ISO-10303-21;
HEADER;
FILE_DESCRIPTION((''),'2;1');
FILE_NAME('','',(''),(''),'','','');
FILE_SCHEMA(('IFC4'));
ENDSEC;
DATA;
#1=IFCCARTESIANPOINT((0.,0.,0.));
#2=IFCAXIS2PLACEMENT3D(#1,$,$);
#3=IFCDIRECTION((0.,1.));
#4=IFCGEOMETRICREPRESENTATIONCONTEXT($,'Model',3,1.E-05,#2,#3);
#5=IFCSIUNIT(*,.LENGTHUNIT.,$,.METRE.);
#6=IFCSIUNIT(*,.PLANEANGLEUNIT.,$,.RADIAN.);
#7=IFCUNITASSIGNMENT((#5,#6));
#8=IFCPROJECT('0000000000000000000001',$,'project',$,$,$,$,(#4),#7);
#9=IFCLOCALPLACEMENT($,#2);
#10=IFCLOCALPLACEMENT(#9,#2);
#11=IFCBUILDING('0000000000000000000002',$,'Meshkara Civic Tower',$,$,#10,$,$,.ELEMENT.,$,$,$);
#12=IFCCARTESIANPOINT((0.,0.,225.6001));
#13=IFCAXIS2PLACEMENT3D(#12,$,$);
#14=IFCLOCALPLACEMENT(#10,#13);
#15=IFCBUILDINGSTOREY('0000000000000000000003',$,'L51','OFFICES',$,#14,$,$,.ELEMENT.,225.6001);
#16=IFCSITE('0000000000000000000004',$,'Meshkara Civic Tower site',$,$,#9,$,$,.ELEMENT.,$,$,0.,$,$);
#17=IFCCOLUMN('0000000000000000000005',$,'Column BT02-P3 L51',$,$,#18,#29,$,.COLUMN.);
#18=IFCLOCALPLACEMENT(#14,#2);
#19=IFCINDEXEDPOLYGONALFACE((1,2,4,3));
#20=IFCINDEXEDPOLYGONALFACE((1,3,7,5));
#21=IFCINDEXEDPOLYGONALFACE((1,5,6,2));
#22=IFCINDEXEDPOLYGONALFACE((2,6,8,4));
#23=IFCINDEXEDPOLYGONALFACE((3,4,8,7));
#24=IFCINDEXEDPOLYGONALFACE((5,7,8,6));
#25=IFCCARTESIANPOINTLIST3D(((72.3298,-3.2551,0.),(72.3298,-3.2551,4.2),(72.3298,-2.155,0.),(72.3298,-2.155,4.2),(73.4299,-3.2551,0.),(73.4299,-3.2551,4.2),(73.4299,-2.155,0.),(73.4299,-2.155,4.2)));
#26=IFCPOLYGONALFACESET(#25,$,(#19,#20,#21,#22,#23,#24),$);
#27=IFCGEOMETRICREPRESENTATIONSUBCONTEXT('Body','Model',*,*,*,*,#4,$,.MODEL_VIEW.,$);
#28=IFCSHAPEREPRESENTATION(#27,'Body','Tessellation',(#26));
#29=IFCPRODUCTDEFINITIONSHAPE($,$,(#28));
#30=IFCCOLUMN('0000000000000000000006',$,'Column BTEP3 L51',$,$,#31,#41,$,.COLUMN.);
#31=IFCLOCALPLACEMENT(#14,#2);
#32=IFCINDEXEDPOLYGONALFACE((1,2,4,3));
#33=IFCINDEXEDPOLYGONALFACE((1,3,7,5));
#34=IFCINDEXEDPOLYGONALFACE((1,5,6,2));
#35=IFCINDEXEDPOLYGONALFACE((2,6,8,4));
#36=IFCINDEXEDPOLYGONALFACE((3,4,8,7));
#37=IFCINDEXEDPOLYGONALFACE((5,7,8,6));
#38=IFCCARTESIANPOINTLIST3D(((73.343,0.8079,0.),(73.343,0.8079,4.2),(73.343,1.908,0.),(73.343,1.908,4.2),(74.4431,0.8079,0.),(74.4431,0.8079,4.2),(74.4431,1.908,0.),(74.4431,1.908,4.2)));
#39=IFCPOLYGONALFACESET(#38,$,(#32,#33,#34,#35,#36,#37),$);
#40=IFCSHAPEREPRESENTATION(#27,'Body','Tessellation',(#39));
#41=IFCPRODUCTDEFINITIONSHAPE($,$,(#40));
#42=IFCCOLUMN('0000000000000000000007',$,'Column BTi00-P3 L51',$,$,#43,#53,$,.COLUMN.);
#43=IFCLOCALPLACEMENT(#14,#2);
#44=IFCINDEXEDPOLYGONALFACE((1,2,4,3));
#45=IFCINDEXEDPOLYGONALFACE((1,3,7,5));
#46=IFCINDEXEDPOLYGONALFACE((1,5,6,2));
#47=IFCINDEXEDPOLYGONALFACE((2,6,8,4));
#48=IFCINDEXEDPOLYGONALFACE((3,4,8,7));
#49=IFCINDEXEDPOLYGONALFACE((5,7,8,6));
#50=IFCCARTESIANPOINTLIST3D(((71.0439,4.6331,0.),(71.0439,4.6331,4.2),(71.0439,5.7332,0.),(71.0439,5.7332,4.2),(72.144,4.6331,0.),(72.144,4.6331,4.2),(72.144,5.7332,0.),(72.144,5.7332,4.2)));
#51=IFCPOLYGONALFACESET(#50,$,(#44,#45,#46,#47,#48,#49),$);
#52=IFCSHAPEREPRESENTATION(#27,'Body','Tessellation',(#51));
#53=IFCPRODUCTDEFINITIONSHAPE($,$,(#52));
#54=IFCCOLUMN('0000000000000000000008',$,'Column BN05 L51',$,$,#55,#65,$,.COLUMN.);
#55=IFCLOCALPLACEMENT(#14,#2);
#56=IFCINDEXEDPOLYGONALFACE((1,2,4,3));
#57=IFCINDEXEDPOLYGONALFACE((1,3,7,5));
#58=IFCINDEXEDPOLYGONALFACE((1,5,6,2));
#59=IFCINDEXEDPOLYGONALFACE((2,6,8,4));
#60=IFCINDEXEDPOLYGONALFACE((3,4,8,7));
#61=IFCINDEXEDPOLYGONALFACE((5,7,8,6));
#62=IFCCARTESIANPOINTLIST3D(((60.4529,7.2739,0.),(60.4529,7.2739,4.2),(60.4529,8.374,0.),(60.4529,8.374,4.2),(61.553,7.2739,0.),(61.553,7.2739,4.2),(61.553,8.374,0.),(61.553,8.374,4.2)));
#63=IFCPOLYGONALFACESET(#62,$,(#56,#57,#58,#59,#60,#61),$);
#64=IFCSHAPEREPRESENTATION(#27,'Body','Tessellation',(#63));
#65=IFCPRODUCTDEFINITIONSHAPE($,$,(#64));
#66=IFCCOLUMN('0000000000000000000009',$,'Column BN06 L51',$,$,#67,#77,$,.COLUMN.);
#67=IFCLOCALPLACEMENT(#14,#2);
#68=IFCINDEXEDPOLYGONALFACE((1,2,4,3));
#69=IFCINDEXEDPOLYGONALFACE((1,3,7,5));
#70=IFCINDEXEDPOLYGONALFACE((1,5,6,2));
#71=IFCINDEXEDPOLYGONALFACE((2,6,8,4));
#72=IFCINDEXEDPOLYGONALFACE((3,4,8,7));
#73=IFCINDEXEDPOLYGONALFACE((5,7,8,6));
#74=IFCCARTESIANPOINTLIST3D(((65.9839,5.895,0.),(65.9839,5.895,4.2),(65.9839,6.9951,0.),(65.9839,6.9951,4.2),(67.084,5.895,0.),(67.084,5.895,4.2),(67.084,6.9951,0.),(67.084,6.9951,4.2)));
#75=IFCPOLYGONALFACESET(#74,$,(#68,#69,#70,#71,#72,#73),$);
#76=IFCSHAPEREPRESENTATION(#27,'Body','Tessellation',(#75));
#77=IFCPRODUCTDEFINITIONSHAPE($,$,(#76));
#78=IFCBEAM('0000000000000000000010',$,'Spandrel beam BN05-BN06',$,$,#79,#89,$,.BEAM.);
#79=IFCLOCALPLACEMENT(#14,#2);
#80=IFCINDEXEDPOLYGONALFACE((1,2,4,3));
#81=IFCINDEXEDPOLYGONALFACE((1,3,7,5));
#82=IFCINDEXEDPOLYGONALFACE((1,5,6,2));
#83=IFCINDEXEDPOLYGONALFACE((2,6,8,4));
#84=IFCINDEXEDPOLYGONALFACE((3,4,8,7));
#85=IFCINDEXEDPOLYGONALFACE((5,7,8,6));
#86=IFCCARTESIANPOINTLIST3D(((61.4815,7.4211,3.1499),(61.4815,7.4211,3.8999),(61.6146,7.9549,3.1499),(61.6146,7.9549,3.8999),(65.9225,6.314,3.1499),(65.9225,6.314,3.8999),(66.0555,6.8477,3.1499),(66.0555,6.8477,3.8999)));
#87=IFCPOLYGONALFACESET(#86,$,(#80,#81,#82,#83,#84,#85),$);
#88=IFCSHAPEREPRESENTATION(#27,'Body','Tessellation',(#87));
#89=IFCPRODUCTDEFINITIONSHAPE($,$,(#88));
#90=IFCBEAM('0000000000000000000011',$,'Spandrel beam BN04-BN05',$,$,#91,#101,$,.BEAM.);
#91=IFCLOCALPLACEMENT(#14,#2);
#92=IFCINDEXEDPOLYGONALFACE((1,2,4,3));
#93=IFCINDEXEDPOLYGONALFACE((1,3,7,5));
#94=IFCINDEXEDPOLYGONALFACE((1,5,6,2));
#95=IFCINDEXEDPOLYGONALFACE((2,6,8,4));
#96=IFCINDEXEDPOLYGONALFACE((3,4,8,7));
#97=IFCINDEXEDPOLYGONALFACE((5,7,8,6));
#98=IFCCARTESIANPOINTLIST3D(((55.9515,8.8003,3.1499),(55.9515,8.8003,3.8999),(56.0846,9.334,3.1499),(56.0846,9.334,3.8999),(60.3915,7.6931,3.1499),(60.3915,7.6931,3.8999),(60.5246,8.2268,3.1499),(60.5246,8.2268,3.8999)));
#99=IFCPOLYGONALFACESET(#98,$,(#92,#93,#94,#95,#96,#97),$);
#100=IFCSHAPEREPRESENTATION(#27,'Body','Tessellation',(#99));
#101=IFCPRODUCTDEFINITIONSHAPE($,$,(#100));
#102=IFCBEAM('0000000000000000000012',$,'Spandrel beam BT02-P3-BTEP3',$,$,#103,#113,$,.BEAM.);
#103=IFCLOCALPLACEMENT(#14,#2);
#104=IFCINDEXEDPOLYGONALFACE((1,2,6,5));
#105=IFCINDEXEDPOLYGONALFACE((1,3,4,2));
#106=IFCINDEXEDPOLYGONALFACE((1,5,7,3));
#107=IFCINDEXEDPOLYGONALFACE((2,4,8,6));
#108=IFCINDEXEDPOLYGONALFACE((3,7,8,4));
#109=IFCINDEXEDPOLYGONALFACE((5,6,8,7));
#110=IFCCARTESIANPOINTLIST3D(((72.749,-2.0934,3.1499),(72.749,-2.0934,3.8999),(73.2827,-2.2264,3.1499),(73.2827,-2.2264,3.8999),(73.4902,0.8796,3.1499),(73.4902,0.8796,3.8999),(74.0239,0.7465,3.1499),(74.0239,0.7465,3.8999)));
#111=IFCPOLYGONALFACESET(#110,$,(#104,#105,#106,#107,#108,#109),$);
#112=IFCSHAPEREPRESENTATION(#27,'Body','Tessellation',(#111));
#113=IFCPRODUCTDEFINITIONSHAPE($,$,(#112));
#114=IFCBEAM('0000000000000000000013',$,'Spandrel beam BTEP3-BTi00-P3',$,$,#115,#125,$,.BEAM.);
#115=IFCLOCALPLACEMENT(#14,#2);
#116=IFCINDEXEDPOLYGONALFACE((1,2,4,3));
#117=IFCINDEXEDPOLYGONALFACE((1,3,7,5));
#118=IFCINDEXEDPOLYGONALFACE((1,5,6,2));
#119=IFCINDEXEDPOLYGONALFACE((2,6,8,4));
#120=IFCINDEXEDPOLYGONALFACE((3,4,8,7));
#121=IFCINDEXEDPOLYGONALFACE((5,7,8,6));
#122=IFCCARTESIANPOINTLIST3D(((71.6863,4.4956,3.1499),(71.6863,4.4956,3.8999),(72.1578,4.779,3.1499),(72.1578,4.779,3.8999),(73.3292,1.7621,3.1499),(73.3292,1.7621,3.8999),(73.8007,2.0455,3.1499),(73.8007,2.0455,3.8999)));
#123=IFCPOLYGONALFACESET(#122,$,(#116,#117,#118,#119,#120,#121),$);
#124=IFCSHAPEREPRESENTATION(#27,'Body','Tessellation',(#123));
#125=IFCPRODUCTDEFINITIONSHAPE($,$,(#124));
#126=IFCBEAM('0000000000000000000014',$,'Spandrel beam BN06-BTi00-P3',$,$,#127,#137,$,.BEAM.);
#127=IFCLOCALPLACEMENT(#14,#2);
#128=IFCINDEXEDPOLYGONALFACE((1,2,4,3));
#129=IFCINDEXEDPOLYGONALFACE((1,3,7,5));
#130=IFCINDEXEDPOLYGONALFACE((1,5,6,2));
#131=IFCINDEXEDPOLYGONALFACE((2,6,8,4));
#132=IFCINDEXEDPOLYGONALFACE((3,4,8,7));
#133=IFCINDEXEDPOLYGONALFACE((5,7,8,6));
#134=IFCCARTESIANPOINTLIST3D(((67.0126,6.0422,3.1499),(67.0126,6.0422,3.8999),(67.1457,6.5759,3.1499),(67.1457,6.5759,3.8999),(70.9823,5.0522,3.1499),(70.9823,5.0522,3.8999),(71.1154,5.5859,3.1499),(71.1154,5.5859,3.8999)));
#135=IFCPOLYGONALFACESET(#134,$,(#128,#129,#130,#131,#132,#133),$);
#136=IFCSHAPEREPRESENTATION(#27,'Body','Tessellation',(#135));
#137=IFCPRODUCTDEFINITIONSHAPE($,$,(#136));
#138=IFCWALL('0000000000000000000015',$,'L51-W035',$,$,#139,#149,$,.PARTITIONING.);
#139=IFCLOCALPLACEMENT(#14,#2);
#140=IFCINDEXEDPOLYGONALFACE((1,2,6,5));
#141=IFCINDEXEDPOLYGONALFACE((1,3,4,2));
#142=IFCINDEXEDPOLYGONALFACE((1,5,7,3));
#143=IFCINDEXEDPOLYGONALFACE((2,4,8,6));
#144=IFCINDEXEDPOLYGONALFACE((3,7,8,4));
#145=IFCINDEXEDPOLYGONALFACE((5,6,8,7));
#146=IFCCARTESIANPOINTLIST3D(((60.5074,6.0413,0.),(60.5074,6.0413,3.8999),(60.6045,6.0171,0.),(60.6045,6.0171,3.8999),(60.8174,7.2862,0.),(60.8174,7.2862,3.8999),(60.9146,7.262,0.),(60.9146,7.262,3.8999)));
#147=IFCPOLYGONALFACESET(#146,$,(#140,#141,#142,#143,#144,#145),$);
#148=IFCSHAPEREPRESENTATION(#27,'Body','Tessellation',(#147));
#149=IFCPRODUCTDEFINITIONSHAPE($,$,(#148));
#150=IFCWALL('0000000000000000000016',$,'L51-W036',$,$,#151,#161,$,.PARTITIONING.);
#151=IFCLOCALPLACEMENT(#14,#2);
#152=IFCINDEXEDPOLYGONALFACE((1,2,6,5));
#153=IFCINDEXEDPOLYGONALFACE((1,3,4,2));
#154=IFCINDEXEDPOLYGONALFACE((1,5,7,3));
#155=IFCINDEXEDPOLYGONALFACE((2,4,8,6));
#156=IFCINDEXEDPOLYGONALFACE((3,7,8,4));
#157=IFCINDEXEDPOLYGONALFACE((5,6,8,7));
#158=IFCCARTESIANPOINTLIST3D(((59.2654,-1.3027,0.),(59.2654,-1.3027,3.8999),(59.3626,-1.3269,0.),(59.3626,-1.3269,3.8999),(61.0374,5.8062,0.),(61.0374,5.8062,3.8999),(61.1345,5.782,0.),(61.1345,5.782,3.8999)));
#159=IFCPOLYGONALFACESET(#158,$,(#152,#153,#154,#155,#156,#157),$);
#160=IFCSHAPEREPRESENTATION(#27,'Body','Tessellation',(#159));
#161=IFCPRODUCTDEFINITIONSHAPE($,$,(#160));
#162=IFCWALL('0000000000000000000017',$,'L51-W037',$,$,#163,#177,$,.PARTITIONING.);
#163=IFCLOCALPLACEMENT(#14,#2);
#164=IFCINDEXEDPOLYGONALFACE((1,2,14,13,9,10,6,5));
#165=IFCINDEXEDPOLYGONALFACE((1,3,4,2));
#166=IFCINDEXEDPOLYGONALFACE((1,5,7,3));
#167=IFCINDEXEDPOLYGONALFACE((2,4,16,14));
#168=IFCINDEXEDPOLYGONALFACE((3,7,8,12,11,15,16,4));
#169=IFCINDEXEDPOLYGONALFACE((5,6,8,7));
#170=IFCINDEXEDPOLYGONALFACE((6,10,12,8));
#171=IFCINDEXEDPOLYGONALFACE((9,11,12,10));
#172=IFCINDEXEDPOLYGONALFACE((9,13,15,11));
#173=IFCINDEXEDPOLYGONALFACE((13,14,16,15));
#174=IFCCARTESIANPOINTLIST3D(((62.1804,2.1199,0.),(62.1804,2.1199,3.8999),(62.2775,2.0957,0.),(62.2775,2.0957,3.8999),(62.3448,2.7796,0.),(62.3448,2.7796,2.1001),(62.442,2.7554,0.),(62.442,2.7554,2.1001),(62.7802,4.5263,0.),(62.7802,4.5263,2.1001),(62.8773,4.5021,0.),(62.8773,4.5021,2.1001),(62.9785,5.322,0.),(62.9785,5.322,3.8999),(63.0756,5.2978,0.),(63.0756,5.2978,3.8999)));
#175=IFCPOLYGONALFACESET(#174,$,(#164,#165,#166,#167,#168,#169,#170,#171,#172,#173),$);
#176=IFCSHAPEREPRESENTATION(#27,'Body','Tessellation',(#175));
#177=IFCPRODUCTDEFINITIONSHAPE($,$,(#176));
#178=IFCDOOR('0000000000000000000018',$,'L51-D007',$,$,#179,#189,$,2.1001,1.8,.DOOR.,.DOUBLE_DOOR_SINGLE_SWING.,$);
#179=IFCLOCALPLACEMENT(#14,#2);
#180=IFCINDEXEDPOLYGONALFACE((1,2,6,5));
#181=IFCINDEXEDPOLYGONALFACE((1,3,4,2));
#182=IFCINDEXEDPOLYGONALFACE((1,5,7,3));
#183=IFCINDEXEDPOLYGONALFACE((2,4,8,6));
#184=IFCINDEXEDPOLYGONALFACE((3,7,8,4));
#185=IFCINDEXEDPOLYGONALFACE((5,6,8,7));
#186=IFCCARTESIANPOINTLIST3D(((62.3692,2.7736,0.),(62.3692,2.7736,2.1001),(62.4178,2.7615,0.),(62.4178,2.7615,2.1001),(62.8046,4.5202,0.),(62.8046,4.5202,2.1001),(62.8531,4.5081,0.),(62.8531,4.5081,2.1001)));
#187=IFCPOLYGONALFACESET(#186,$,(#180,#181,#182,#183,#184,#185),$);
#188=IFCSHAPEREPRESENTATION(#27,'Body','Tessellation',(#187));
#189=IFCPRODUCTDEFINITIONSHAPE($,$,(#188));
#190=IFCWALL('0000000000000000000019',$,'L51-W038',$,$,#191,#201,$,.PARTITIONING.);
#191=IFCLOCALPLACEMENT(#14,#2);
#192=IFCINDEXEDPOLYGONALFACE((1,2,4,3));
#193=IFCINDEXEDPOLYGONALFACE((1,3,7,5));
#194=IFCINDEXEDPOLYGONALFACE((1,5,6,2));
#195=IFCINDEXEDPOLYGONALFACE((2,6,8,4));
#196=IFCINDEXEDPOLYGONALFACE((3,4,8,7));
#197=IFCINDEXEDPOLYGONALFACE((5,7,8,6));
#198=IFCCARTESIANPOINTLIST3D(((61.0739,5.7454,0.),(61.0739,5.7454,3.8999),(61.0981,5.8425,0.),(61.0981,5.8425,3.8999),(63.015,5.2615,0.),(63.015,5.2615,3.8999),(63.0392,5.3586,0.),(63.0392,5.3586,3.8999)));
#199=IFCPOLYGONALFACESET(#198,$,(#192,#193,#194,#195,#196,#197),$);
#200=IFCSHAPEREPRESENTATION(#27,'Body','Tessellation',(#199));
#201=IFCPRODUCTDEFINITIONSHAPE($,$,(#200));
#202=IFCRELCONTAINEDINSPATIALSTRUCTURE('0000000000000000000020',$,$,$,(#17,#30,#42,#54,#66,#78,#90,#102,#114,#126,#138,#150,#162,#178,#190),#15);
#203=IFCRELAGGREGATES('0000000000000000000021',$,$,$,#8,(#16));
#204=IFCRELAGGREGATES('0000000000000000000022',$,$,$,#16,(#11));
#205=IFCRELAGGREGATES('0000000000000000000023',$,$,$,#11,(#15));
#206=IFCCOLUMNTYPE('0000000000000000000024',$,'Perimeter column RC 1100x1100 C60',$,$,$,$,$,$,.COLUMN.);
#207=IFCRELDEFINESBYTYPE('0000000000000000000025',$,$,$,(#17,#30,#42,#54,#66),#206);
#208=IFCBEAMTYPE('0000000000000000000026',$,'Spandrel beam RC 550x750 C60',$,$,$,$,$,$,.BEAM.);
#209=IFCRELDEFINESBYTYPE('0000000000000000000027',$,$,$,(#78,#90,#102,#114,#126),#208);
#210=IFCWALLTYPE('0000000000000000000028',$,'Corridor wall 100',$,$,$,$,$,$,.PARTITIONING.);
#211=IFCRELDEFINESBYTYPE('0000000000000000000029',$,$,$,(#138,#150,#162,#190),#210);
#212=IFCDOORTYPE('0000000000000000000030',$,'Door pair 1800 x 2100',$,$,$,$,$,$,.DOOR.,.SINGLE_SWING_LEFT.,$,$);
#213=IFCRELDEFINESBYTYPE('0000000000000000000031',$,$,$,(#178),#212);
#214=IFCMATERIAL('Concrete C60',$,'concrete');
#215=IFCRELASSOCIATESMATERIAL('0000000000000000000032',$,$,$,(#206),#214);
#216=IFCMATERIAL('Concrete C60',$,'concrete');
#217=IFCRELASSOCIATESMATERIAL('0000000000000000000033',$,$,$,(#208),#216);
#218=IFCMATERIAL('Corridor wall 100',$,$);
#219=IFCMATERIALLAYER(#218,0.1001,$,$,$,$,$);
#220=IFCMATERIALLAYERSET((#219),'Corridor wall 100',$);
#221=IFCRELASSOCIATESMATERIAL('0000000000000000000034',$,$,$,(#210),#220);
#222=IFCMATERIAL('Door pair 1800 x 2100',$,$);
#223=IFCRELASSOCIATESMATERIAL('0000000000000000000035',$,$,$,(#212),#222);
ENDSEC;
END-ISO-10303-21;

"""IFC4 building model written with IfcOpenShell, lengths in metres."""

from ifc_helpers import new_model, si_unit, direction, frame, frame_2d, origin, origin_2d, place, context, subcontext, project, spatial, rectangle, extrude, material, layer, layer_set, material_profile, profile_set, type_object, element, fill, save


model = new_model("IFC4")

# Units and contexts
model_context = context("Model", 3, precision=1e-05, world=origin(), true_north=direction((0.0, 1.0)))
body_context = subcontext(model_context, "Body", "Model", "MODEL_VIEW")
ifc_project = project(units=[si_unit("LENGTHUNIT", "METRE"), si_unit("PLANEANGLEUNIT", "RADIAN")], contexts=[model_context])

# Site, building, storey
site_placement = place(None, origin())
site = spatial("IfcSite", under=ifc_project, at=site_placement, Name="Meshkara Civic Tower site", CompositionType="ELEMENT", RefElevation=0.0)
building_placement = place(site_placement, origin())
building = spatial("IfcBuilding", under=site, at=building_placement, Name="Meshkara Civic Tower", CompositionType="ELEMENT")
storey_placement = place(building_placement, frame((0.0, 0.0, 225.6001)))
storey = spatial("IfcBuildingStorey", under=building, at=storey_placement, Name="L51", Description="OFFICES", CompositionType="ELEMENT", Elevation=225.6001)

# Columns
ifc_material_1 = material(Name="Concrete C60", Category="concrete")
ifc_material_profile_1 = material_profile(ifc_material_1, rectangle(XDim=1.1001, YDim=1.1001, at=origin_2d()))
ifc_profile_set_1 = profile_set([ifc_material_profile_1], Name="Concrete C60")
column_type = type_object("IfcColumnType", Name="Perimeter column RC 1100x1100 C60", PredefinedType="COLUMN", material=ifc_profile_set_1)
for number, where, z_axis, x_axis, name in (
    (1, (72.8799, -2.7051, 0.0), (0.0, 0.0, 1.0), (1.0, 0.0, 0.0), "Column BT02-P3 L51"),
    (2, (73.8931, 1.3579, 0.0), (0.0, 0.0, 1.0), (1.0, 0.0, 0.0), "Column BTEP3 L51"),
    (3, (71.594, 5.1831, 0.0), (0.0, 0.0, 1.0), (1.0, 0.0, 0.0), "Column BTi00-P3 L51"),
    (4, (61.0029, 7.824, 0.0), (0.0, 0.0, 1.0), (1.0, 0.0, 0.0), "Column BN05 L51"),
    (5, (66.5339, 6.4451, 0.0), (0.0, 0.0, 1.0), (1.0, 0.0, 0.0), "Column BN06 L51"),
):
    element("IfcColumn", number, at=place(storey_placement, frame(where, z_axis=z_axis, x_axis=x_axis)), inside=storey, type_object=column_type, Name=name, PredefinedType="COLUMN", context=body_context, shape_type="SweptSolid", body=[
        extrude(rectangle(XDim=1.1001, YDim=1.1001, at=origin_2d()), origin(), (0.0, 0.0, 1.0), 4.2),
    ])

# Beams
ifc_material_2 = material(Name="Concrete C60", Category="concrete")
ifc_material_profile_2 = material_profile(ifc_material_2, rectangle(XDim=0.55, YDim=0.75, at=origin_2d()))
ifc_profile_set_2 = profile_set([ifc_material_profile_2], Name="Concrete C60")
beam_type = type_object("IfcBeamType", Name="Spandrel beam RC 550x750 C60", PredefinedType="BEAM", material=ifc_profile_set_2)
beam_1_placement = place(storey_placement, frame((65.989, 6.5808, 3.5249), z_axis=(-0.970299, 0.241908, 0.0), x_axis=(-0.241908, -0.970299, 0.0)))
element("IfcBeam", 6, at=beam_1_placement, inside=storey, type_object=beam_type, Name="Spandrel beam BN05-BN06", PredefinedType="BEAM", context=body_context, shape_type="SweptSolid", body=[
    extrude(rectangle(XDim=0.55, YDim=0.75, at=origin_2d()), origin(), (0.0, 0.0, 1.0), 4.5769),
])
beam_2_placement = place(storey_placement, frame((60.458, 7.96, 3.5249), z_axis=(-0.970287, 0.241958, 0.0), x_axis=(-0.241958, -0.970287, 0.0)))
element("IfcBeam", 7, at=beam_2_placement, inside=storey, type_object=beam_type, Name="Spandrel beam BN04-BN05", PredefinedType="BEAM", context=body_context, shape_type="SweptSolid", body=[
    extrude(rectangle(XDim=0.55, YDim=0.75, at=origin_2d()), origin(), (0.0, 0.0, 1.0), 4.5759),
])
beam_3_placement = place(storey_placement, frame((73.0159, -2.1599, 3.5249), z_axis=(0.241917, 0.970297, 0.0), x_axis=(-0.970297, 0.241917, 0.0)))
element("IfcBeam", 8, at=beam_3_placement, inside=storey, type_object=beam_type, Name="Spandrel beam BT02-P3-BTEP3", PredefinedType="BEAM", context=body_context, shape_type="SweptSolid", body=[
    extrude(rectangle(XDim=0.55, YDim=0.75, at=origin_2d()), origin(), (0.0, 0.0, 1.0), 3.064),
])
beam_4_placement = place(storey_placement, frame((73.5649, 1.9038, 3.5249), z_axis=(-0.515137, 0.857108, 0.0), x_axis=(-0.857108, -0.515137, 0.0)))
element("IfcBeam", 9, at=beam_4_placement, inside=storey, type_object=beam_type, Name="Spandrel beam BTEP3-BTi00-P3", PredefinedType="BEAM", context=body_context, shape_type="SweptSolid", body=[
    extrude(rectangle(XDim=0.55, YDim=0.75, at=origin_2d()), origin(), (0.0, 0.0, 1.0), 3.1892),
])
beam_5_placement = place(storey_placement, frame((71.0488, 5.3191, 3.5249), z_axis=(-0.970283, 0.241974, 0.0), x_axis=(-0.241974, -0.970283, 0.0)))
element("IfcBeam", 10, at=beam_5_placement, inside=storey, type_object=beam_type, Name="Spandrel beam BN06-BTi00-P3", PredefinedType="BEAM", context=body_context, shape_type="SweptSolid", body=[
    extrude(rectangle(XDim=0.55, YDim=0.75, at=origin_2d()), origin(), (0.0, 0.0, 1.0), 4.0913),
])

# Walls
ifc_material_3 = material(Name="Corridor wall 100")
ifc_layer_1 = layer(ifc_material_3, 0.1001)
ifc_layer_set_1 = layer_set([ifc_layer_1], Name="Corridor wall 100")
wall_type_1 = type_object("IfcWallType", Name="Corridor wall 100", PredefinedType="PARTITIONING", material=ifc_layer_set_1)
wall_1_placement = place(storey_placement, frame((60.5559, 6.0291, 0.0), z_axis=(0.0, 0.0, 1.0), x_axis=(0.241685, 0.970355, 0.0)))
element("IfcWall", 11, at=wall_1_placement, inside=storey, type_object=wall_type_1, Name="L51-W035", PredefinedType="PARTITIONING", context=body_context, shape_type="SweptSolid", body=[
    extrude(rectangle(XDim=1.283, YDim=0.1001, at=frame_2d((0.6416, 0.0))), origin(), (0.0, 0.0, 1.0), 3.8999),
])
wall_2_placement = place(storey_placement, frame((61.0859, 5.7939, 0.0), z_axis=(0.0, 0.0, 1.0), x_axis=(-0.241861, -0.970311, 0.0)))
element("IfcWall", 12, at=wall_2_placement, inside=storey, type_object=wall_type_1, Name="L51-W036", PredefinedType="PARTITIONING", context=body_context, shape_type="SweptSolid", body=[
    extrude(rectangle(XDim=7.3264, YDim=0.1001, at=frame_2d((3.6631, 0.0))), origin(), (0.0, 0.0, 1.0), 3.8999),
])

# Wall, opening, door
wall_3_placement = place(storey_placement, frame((62.229, 2.1079, 0.0), z_axis=(0.0, 0.0, 1.0), x_axis=(0.241839, 0.970316, 0.0)))
wall_3 = element("IfcWall", 13, at=wall_3_placement, inside=storey, type_object=wall_type_1, Name="L51-W037", PredefinedType="PARTITIONING", context=body_context, shape_type="SweptSolid", body=[
    extrude(rectangle(XDim=3.3, YDim=0.1001, at=frame_2d((1.6499, 0.0))), origin(), (0.0, 0.0, 1.0), 3.8999),
])
opening_1_placement = place(wall_3_placement, frame((0.6799, 0.0, 0.0)))
opening_1 = element("IfcOpeningElement", 14, at=opening_1_placement, cuts=wall_3, PredefinedType="OPENING", context=body_context, shape_type="SweptSolid", body=[
    extrude(rectangle(XDim=1.8, YDim=2.1001, at=frame_2d((0.8999, 1.05))), frame((0.0, 0.0601, 0.0), z_axis=(0.0, -1.0, 0.0), x_axis=(1.0, 0.0, 0.0)), (0.0, 0.0, 1.0), 0.1201),
])
ifc_material_4 = material(Name="Door pair 1800 x 2100")
door_type = type_object("IfcDoorType", Name="Door pair 1800 x 2100", OperationType="SINGLE_SWING_LEFT", PredefinedType="DOOR", material=ifc_material_4)
door_placement = place(opening_1_placement, origin())
door = element("IfcDoor", 15, at=door_placement, inside=storey, type_object=door_type, Name="L51-D007", OperationType="DOUBLE_DOOR_SINGLE_SWING", OverallHeight=2.1001, OverallWidth=1.8, PredefinedType="DOOR", context=body_context, shape_type="SweptSolid", body=[
    extrude(rectangle(XDim=1.8, YDim=2.1001, at=frame_2d((0.8999, 1.05))), frame((0.0, 0.0249, 0.0), z_axis=(0.0, -1.0, 0.0), x_axis=(1.0, 0.0, 0.0)), (0.0, 0.0, 1.0), 0.05),
])
fill(opening_1, door)

# Wall
wall_4_placement = place(storey_placement, frame((63.0271, 5.3101, 0.0), z_axis=(0.0, 0.0, 1.0), x_axis=(-0.970307, 0.241875, 0.0)))
element("IfcWall", 16, at=wall_4_placement, inside=storey, type_object=wall_type_1, Name="L51-W038", PredefinedType="PARTITIONING", context=body_context, shape_type="SweptSolid", body=[
    extrude(rectangle(XDim=2.0005, YDim=0.1001, at=frame_2d((1.0002, 0.0))), origin(), (0.0, 0.0, 1.0), 3.8999),
])

save(model, "model.ifc")
